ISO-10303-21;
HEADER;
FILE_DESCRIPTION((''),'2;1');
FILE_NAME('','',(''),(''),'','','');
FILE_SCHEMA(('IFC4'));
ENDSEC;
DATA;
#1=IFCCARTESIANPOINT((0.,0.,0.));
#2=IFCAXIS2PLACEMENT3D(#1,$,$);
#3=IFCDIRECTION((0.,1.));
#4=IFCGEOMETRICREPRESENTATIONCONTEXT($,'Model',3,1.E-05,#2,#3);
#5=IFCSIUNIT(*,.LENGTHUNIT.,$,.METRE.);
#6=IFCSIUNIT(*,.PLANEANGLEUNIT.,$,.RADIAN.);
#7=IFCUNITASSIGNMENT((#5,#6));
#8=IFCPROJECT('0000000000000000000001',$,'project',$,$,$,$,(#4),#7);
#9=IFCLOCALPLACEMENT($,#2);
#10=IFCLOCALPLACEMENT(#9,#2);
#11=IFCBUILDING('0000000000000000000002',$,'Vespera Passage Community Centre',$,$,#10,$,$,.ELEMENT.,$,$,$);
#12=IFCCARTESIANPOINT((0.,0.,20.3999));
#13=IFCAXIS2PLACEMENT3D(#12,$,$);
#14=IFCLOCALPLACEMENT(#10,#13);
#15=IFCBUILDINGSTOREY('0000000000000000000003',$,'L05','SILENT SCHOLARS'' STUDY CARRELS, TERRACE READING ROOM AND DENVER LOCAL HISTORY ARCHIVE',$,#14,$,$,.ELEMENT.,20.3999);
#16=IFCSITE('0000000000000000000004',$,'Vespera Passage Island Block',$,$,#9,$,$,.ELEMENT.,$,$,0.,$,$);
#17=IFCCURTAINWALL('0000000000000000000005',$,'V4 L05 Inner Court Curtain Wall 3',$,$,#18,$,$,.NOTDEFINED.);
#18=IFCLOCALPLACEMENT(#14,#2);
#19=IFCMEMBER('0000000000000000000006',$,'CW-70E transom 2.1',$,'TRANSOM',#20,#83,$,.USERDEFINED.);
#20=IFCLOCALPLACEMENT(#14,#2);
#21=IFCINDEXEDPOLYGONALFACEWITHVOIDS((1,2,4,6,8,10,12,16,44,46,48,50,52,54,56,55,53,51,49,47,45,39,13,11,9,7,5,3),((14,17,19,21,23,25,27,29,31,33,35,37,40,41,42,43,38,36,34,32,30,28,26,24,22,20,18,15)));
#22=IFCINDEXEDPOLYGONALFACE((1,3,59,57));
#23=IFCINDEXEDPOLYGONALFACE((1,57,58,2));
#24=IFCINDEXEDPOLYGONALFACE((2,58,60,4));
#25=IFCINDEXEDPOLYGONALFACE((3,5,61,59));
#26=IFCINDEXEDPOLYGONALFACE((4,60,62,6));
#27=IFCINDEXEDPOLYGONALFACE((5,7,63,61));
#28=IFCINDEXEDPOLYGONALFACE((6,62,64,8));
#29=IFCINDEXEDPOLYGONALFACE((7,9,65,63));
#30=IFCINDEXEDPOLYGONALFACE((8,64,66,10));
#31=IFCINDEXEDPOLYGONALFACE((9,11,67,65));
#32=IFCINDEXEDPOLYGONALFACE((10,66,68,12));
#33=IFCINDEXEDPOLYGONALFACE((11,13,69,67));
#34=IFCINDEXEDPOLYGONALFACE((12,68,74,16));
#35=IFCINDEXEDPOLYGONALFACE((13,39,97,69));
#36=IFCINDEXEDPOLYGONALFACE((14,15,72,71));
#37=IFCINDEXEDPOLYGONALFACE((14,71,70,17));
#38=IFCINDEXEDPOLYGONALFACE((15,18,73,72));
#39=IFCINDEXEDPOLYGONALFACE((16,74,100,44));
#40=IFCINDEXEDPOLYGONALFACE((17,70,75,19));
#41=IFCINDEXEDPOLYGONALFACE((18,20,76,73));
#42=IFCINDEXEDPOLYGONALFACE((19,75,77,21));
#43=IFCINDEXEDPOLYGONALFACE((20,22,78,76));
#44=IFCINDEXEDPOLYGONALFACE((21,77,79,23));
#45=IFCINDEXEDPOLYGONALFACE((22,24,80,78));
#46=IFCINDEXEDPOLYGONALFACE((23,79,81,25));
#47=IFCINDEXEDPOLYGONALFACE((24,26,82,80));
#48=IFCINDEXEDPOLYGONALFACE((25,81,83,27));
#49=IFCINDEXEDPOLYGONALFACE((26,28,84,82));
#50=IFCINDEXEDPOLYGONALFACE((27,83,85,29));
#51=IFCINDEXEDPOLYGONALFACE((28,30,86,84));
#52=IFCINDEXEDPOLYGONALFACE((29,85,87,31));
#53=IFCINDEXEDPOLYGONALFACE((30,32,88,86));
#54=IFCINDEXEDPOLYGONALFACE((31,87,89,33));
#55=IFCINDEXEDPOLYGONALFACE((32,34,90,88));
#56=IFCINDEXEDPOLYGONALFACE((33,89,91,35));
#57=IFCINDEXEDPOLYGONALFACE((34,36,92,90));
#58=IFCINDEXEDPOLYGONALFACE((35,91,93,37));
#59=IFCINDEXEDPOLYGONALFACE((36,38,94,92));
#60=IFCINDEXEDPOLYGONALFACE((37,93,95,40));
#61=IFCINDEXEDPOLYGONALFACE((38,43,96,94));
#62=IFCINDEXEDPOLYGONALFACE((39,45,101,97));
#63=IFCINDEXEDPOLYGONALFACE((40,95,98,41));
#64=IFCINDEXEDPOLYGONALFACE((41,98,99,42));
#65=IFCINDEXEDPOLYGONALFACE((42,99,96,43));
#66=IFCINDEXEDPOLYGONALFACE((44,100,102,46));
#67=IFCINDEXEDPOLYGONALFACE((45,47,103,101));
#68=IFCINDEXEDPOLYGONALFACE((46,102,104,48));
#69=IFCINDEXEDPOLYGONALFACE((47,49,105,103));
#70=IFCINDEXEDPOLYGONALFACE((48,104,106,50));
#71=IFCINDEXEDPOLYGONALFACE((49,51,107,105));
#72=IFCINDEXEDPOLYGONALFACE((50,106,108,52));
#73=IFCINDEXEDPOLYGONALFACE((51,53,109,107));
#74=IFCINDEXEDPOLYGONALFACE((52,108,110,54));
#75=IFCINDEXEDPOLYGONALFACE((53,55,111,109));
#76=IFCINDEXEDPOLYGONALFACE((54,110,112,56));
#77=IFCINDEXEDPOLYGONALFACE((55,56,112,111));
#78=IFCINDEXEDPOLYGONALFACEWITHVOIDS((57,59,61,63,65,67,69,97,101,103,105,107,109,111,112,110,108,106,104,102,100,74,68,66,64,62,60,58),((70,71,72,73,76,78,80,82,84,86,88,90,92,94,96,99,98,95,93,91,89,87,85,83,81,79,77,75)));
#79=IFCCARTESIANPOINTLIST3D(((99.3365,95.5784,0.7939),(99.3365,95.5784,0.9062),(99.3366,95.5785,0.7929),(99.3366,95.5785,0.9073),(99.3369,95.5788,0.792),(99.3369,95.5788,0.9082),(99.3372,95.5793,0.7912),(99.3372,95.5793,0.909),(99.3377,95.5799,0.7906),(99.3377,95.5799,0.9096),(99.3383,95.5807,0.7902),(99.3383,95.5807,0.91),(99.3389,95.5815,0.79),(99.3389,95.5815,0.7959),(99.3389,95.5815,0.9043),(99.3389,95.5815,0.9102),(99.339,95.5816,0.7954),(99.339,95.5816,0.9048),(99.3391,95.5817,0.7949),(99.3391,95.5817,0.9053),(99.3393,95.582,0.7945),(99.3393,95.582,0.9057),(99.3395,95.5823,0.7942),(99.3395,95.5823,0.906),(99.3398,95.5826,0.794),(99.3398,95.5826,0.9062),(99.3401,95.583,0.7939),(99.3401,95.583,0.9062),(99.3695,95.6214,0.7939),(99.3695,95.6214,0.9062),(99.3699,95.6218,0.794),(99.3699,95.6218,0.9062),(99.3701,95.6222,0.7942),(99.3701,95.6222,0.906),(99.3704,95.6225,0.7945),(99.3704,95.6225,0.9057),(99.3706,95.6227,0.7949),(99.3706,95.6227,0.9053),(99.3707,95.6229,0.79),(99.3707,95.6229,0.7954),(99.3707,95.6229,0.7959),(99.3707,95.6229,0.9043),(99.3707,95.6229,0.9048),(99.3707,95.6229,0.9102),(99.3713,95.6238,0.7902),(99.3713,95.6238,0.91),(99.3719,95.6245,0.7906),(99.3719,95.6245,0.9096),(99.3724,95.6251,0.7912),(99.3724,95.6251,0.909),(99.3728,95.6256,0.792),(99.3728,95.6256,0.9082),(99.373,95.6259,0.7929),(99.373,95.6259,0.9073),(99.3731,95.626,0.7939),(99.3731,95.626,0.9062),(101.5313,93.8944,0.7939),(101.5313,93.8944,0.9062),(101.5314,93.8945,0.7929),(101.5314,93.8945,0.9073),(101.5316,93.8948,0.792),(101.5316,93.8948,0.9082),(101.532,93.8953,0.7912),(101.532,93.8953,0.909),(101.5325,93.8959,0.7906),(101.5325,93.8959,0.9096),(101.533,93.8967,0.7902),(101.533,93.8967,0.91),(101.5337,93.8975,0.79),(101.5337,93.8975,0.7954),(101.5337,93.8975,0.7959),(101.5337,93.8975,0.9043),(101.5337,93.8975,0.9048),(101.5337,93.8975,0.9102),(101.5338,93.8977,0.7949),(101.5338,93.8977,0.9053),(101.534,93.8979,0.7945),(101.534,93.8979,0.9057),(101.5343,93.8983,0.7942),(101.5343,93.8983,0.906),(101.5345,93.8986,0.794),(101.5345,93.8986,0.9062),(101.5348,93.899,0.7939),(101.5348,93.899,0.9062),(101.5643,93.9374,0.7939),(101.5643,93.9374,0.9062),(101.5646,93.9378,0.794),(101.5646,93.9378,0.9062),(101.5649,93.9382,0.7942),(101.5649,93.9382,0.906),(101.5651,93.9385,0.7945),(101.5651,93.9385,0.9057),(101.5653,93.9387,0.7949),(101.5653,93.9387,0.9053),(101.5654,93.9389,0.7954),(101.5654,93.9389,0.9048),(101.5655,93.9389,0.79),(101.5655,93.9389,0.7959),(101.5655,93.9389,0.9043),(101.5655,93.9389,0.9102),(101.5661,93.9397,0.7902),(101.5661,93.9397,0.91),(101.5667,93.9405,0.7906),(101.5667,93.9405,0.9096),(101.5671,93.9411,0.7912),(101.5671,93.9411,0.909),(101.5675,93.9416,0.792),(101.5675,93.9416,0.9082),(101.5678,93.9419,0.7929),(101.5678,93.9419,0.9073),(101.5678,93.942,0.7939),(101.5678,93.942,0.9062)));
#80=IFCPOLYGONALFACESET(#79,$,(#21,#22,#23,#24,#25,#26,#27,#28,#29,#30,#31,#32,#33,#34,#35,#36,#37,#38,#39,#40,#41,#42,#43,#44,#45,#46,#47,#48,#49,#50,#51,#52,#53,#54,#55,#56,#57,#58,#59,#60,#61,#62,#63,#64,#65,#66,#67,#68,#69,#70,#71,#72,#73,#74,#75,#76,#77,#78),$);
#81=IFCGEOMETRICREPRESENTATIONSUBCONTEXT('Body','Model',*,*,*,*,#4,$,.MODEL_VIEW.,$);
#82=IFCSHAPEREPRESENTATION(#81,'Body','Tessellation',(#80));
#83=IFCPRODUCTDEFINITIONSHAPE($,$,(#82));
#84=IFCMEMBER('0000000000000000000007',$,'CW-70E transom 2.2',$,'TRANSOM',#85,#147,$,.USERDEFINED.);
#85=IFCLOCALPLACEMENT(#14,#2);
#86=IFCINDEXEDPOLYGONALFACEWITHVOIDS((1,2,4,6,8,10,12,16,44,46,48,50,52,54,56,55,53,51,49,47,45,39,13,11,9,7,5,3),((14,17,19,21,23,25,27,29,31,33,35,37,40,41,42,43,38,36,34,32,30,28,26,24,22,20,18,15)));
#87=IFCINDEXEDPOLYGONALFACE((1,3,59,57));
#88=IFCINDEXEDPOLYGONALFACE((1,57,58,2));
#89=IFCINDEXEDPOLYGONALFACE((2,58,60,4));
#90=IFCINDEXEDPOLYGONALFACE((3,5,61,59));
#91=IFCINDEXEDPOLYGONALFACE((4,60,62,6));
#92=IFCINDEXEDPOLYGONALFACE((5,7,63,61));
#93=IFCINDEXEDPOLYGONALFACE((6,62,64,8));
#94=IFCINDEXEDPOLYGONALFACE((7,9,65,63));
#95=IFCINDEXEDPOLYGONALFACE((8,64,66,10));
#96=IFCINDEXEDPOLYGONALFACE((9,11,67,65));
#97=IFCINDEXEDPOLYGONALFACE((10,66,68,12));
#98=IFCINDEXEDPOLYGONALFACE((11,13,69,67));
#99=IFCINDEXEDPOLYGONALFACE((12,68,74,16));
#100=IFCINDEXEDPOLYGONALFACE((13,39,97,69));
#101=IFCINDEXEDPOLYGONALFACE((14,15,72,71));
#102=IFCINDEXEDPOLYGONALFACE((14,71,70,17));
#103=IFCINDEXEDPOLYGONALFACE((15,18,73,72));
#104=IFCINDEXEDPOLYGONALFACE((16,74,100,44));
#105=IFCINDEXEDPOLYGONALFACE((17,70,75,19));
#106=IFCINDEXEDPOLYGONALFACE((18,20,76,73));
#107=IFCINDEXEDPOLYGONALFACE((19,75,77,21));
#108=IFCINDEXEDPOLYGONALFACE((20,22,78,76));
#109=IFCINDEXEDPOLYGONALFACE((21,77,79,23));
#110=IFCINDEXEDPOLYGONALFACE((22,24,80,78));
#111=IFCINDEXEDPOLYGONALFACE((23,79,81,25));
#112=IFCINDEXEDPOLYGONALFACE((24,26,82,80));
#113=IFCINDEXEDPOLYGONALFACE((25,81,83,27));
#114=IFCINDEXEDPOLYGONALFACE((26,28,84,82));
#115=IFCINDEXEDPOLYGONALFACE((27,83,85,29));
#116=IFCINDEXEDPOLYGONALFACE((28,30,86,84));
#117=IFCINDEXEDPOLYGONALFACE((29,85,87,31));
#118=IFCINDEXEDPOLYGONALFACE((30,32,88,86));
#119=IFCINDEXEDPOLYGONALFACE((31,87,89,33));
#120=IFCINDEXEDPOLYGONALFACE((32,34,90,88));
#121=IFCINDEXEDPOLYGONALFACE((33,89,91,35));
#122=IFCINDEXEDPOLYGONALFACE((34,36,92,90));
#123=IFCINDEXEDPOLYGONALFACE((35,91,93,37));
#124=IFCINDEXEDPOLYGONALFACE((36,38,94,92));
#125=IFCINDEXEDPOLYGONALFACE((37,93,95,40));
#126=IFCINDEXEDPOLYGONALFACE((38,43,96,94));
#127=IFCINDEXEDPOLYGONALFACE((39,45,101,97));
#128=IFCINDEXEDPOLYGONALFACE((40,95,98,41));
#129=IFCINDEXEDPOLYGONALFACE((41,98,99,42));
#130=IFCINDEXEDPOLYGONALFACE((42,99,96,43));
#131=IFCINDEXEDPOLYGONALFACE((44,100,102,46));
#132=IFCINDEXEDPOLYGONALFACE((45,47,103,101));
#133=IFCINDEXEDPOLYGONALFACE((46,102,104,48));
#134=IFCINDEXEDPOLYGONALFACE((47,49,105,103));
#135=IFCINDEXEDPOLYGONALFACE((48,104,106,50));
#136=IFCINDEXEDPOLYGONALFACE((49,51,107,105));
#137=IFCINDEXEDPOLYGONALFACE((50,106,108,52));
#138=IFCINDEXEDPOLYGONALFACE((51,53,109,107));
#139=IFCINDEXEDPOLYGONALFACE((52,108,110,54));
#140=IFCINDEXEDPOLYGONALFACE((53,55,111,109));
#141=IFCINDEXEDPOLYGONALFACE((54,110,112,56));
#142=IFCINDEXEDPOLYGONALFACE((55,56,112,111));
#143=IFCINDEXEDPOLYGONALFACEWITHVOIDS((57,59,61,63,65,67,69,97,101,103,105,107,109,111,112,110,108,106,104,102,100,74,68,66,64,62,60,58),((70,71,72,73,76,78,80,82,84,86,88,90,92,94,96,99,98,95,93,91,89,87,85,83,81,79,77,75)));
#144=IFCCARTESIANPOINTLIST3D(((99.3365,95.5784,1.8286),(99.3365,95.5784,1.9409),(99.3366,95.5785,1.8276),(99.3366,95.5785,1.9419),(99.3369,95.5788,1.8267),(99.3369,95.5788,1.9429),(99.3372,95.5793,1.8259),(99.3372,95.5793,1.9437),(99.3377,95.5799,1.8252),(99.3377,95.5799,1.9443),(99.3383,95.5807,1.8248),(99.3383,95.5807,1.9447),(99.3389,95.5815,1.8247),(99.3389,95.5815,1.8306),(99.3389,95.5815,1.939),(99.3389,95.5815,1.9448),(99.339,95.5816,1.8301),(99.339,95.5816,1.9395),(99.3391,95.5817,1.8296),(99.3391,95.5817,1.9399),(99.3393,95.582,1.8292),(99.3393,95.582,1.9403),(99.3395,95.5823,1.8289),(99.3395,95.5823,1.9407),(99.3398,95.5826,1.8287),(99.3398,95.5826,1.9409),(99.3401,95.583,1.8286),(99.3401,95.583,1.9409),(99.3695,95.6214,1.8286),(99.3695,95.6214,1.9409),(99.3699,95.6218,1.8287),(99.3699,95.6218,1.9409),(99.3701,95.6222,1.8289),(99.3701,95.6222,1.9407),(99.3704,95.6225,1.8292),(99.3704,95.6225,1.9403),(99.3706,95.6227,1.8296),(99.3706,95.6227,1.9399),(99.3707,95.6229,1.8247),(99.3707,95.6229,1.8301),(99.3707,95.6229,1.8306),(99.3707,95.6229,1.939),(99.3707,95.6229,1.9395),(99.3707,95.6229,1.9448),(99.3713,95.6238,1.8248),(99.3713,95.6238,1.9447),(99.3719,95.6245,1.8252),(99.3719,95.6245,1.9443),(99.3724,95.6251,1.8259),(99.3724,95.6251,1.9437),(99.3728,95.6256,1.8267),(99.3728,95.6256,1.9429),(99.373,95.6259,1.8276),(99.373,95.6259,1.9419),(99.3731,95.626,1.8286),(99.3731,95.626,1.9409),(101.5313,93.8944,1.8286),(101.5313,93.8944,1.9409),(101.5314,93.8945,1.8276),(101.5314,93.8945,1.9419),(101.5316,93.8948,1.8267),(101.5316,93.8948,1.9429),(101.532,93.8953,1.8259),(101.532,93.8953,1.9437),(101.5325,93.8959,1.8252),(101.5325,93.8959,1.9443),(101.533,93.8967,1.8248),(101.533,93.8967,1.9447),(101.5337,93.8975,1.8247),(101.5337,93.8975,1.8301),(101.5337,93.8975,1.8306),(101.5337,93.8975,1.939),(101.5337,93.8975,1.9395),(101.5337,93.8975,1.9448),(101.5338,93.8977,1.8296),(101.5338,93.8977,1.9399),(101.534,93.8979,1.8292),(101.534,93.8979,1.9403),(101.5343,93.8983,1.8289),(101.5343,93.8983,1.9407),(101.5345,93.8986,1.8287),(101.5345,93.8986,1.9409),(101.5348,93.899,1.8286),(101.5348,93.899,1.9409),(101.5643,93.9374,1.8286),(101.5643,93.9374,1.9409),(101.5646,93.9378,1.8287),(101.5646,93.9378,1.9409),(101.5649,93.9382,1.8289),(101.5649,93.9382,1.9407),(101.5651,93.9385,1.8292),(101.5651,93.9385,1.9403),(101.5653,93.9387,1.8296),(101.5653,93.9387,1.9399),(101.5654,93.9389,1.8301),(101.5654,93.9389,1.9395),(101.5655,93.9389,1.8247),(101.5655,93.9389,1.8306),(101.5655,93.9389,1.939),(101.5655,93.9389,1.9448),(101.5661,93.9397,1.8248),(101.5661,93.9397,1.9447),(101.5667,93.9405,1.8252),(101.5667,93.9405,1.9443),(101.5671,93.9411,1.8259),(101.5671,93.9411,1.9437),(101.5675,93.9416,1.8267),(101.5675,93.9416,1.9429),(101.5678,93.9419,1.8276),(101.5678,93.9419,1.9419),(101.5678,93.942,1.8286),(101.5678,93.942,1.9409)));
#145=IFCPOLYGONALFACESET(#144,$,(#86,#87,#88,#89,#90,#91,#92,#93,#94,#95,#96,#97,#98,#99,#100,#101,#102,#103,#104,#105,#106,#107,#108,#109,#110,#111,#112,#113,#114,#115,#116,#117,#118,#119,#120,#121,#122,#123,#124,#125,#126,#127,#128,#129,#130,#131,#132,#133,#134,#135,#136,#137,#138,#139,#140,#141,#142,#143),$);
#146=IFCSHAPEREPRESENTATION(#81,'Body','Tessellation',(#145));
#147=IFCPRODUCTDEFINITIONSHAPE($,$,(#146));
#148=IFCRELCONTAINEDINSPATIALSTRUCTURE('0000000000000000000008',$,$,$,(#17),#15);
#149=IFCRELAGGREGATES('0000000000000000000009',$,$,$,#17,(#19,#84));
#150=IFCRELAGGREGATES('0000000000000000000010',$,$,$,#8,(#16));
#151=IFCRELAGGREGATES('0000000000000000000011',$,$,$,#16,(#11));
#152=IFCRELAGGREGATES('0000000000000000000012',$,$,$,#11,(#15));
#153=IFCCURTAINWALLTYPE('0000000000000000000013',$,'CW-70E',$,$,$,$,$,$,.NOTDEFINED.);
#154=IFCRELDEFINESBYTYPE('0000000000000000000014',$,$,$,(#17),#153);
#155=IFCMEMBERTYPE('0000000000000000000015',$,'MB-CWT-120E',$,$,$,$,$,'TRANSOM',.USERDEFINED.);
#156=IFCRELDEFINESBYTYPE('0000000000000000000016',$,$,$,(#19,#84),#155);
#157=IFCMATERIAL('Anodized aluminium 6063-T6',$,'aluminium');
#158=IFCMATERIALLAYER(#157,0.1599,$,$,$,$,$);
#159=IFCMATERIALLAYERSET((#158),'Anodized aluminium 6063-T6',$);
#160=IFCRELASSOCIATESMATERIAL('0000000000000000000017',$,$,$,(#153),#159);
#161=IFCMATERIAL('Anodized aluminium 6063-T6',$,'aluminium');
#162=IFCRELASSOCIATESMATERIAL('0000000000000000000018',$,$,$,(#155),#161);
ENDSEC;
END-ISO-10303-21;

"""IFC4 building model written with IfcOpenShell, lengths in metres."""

from ifc_helpers import new_model, si_unit, direction, frame, origin, origin_2d, place, context, subcontext, project, spatial, hollow_rectangle, extrude, material, layer, layer_set, material_profile, profile_set, type_object, element, aggregate, save


model = new_model("IFC4")

# Units and contexts
model_context = context("Model", 3, precision=1e-05, world=origin(), true_north=direction((0.0, 1.0)))
body_context = subcontext(model_context, "Body", "Model", "MODEL_VIEW")
ifc_project = project(units=[si_unit("LENGTHUNIT", "METRE"), si_unit("PLANEANGLEUNIT", "RADIAN")], contexts=[model_context])

# Site, building, storey
site_placement = place(None, origin())
site = spatial("IfcSite", under=ifc_project, at=site_placement, Name="Vespera Passage Island Block", CompositionType="ELEMENT", RefElevation=0.0)
building_placement = place(site_placement, origin())
building = spatial("IfcBuilding", under=site, at=building_placement, Name="Vespera Passage Community Centre", CompositionType="ELEMENT")
storey_placement = place(building_placement, frame((0.0, 0.0, 20.3999)))
storey = spatial("IfcBuildingStorey", under=building, at=storey_placement, Name="L05", Description="SILENT SCHOLARS' STUDY CARRELS, TERRACE READING ROOM AND DENVER LOCAL HISTORY ARCHIVE", CompositionType="ELEMENT", Elevation=20.3999)

# Curtain wall, members
ifc_material_1 = material(Name="Anodized aluminium 6063-T6", Category="aluminium")
ifc_layer_1 = layer(ifc_material_1, 0.1599)
ifc_layer_set_1 = layer_set([ifc_layer_1], Name="Anodized aluminium 6063-T6")
curtain_wall_type_1 = type_object("IfcCurtainWallType", Name="CW-70E", PredefinedType="NOTDEFINED", material=ifc_layer_set_1)
curtain_wall_1_placement = place(storey_placement, origin())
curtain_wall_1 = element("IfcCurtainWall", 1, at=curtain_wall_1_placement, inside=storey, type_object=curtain_wall_type_1, Name="V4 L05 Inner Court Curtain Wall 3", PredefinedType="NOTDEFINED")
ifc_material_2 = material(Name="Anodized aluminium 6063-T6", Category="aluminium")
ifc_material_profile_1 = material_profile(ifc_material_2, hollow_rectangle(XDim=0.0601, YDim=0.1201, WallThickness=0.0039, InnerFilletRadius=0.002, OuterFilletRadius=0.0039, at=origin_2d()), Name="ALU120X60X4")
ifc_profile_set_1 = profile_set([ifc_material_profile_1], Name="Anodized aluminium 6063-T6")
member_type_1 = type_object("IfcMemberType", Name="MB-CWT-120E", ElementType="TRANSOM", PredefinedType="USERDEFINED", material=ifc_profile_set_1)
member_1_placement = place(storey_placement, frame((101.5496, 93.9182, 0.8501), z_axis=(-0.793365, 0.608746, 0.0), x_axis=(-0.608746, -0.793365, 0.0)))
member_1 = element("IfcMember", 2, at=member_1_placement, type_object=member_type_1, Name="CW-70E transom 2.1", ObjectType="TRANSOM", PredefinedType="USERDEFINED", context=body_context, shape_type="SweptSolid", body=[
    extrude(hollow_rectangle(XDim=0.0601, YDim=0.1201, WallThickness=0.0039, InnerFilletRadius=0.002, OuterFilletRadius=0.0039, at=origin_2d()), origin(), (0.0, 0.0, 1.0), 2.7664),
])
member_2_placement = place(storey_placement, frame((101.5496, 93.9182, 1.8848), z_axis=(-0.793365, 0.608746, 0.0), x_axis=(-0.608746, -0.793365, 0.0)))
member_2 = element("IfcMember", 3, at=member_2_placement, type_object=member_type_1, Name="CW-70E transom 2.2", ObjectType="TRANSOM", PredefinedType="USERDEFINED", context=body_context, shape_type="SweptSolid", body=[
    extrude(hollow_rectangle(XDim=0.0601, YDim=0.1201, WallThickness=0.0039, InnerFilletRadius=0.002, OuterFilletRadius=0.0039, at=origin_2d()), origin(), (0.0, 0.0, 1.0), 2.7664),
])

aggregate(curtain_wall_1, [member_1, member_2])

save(model, "model.ifc")
